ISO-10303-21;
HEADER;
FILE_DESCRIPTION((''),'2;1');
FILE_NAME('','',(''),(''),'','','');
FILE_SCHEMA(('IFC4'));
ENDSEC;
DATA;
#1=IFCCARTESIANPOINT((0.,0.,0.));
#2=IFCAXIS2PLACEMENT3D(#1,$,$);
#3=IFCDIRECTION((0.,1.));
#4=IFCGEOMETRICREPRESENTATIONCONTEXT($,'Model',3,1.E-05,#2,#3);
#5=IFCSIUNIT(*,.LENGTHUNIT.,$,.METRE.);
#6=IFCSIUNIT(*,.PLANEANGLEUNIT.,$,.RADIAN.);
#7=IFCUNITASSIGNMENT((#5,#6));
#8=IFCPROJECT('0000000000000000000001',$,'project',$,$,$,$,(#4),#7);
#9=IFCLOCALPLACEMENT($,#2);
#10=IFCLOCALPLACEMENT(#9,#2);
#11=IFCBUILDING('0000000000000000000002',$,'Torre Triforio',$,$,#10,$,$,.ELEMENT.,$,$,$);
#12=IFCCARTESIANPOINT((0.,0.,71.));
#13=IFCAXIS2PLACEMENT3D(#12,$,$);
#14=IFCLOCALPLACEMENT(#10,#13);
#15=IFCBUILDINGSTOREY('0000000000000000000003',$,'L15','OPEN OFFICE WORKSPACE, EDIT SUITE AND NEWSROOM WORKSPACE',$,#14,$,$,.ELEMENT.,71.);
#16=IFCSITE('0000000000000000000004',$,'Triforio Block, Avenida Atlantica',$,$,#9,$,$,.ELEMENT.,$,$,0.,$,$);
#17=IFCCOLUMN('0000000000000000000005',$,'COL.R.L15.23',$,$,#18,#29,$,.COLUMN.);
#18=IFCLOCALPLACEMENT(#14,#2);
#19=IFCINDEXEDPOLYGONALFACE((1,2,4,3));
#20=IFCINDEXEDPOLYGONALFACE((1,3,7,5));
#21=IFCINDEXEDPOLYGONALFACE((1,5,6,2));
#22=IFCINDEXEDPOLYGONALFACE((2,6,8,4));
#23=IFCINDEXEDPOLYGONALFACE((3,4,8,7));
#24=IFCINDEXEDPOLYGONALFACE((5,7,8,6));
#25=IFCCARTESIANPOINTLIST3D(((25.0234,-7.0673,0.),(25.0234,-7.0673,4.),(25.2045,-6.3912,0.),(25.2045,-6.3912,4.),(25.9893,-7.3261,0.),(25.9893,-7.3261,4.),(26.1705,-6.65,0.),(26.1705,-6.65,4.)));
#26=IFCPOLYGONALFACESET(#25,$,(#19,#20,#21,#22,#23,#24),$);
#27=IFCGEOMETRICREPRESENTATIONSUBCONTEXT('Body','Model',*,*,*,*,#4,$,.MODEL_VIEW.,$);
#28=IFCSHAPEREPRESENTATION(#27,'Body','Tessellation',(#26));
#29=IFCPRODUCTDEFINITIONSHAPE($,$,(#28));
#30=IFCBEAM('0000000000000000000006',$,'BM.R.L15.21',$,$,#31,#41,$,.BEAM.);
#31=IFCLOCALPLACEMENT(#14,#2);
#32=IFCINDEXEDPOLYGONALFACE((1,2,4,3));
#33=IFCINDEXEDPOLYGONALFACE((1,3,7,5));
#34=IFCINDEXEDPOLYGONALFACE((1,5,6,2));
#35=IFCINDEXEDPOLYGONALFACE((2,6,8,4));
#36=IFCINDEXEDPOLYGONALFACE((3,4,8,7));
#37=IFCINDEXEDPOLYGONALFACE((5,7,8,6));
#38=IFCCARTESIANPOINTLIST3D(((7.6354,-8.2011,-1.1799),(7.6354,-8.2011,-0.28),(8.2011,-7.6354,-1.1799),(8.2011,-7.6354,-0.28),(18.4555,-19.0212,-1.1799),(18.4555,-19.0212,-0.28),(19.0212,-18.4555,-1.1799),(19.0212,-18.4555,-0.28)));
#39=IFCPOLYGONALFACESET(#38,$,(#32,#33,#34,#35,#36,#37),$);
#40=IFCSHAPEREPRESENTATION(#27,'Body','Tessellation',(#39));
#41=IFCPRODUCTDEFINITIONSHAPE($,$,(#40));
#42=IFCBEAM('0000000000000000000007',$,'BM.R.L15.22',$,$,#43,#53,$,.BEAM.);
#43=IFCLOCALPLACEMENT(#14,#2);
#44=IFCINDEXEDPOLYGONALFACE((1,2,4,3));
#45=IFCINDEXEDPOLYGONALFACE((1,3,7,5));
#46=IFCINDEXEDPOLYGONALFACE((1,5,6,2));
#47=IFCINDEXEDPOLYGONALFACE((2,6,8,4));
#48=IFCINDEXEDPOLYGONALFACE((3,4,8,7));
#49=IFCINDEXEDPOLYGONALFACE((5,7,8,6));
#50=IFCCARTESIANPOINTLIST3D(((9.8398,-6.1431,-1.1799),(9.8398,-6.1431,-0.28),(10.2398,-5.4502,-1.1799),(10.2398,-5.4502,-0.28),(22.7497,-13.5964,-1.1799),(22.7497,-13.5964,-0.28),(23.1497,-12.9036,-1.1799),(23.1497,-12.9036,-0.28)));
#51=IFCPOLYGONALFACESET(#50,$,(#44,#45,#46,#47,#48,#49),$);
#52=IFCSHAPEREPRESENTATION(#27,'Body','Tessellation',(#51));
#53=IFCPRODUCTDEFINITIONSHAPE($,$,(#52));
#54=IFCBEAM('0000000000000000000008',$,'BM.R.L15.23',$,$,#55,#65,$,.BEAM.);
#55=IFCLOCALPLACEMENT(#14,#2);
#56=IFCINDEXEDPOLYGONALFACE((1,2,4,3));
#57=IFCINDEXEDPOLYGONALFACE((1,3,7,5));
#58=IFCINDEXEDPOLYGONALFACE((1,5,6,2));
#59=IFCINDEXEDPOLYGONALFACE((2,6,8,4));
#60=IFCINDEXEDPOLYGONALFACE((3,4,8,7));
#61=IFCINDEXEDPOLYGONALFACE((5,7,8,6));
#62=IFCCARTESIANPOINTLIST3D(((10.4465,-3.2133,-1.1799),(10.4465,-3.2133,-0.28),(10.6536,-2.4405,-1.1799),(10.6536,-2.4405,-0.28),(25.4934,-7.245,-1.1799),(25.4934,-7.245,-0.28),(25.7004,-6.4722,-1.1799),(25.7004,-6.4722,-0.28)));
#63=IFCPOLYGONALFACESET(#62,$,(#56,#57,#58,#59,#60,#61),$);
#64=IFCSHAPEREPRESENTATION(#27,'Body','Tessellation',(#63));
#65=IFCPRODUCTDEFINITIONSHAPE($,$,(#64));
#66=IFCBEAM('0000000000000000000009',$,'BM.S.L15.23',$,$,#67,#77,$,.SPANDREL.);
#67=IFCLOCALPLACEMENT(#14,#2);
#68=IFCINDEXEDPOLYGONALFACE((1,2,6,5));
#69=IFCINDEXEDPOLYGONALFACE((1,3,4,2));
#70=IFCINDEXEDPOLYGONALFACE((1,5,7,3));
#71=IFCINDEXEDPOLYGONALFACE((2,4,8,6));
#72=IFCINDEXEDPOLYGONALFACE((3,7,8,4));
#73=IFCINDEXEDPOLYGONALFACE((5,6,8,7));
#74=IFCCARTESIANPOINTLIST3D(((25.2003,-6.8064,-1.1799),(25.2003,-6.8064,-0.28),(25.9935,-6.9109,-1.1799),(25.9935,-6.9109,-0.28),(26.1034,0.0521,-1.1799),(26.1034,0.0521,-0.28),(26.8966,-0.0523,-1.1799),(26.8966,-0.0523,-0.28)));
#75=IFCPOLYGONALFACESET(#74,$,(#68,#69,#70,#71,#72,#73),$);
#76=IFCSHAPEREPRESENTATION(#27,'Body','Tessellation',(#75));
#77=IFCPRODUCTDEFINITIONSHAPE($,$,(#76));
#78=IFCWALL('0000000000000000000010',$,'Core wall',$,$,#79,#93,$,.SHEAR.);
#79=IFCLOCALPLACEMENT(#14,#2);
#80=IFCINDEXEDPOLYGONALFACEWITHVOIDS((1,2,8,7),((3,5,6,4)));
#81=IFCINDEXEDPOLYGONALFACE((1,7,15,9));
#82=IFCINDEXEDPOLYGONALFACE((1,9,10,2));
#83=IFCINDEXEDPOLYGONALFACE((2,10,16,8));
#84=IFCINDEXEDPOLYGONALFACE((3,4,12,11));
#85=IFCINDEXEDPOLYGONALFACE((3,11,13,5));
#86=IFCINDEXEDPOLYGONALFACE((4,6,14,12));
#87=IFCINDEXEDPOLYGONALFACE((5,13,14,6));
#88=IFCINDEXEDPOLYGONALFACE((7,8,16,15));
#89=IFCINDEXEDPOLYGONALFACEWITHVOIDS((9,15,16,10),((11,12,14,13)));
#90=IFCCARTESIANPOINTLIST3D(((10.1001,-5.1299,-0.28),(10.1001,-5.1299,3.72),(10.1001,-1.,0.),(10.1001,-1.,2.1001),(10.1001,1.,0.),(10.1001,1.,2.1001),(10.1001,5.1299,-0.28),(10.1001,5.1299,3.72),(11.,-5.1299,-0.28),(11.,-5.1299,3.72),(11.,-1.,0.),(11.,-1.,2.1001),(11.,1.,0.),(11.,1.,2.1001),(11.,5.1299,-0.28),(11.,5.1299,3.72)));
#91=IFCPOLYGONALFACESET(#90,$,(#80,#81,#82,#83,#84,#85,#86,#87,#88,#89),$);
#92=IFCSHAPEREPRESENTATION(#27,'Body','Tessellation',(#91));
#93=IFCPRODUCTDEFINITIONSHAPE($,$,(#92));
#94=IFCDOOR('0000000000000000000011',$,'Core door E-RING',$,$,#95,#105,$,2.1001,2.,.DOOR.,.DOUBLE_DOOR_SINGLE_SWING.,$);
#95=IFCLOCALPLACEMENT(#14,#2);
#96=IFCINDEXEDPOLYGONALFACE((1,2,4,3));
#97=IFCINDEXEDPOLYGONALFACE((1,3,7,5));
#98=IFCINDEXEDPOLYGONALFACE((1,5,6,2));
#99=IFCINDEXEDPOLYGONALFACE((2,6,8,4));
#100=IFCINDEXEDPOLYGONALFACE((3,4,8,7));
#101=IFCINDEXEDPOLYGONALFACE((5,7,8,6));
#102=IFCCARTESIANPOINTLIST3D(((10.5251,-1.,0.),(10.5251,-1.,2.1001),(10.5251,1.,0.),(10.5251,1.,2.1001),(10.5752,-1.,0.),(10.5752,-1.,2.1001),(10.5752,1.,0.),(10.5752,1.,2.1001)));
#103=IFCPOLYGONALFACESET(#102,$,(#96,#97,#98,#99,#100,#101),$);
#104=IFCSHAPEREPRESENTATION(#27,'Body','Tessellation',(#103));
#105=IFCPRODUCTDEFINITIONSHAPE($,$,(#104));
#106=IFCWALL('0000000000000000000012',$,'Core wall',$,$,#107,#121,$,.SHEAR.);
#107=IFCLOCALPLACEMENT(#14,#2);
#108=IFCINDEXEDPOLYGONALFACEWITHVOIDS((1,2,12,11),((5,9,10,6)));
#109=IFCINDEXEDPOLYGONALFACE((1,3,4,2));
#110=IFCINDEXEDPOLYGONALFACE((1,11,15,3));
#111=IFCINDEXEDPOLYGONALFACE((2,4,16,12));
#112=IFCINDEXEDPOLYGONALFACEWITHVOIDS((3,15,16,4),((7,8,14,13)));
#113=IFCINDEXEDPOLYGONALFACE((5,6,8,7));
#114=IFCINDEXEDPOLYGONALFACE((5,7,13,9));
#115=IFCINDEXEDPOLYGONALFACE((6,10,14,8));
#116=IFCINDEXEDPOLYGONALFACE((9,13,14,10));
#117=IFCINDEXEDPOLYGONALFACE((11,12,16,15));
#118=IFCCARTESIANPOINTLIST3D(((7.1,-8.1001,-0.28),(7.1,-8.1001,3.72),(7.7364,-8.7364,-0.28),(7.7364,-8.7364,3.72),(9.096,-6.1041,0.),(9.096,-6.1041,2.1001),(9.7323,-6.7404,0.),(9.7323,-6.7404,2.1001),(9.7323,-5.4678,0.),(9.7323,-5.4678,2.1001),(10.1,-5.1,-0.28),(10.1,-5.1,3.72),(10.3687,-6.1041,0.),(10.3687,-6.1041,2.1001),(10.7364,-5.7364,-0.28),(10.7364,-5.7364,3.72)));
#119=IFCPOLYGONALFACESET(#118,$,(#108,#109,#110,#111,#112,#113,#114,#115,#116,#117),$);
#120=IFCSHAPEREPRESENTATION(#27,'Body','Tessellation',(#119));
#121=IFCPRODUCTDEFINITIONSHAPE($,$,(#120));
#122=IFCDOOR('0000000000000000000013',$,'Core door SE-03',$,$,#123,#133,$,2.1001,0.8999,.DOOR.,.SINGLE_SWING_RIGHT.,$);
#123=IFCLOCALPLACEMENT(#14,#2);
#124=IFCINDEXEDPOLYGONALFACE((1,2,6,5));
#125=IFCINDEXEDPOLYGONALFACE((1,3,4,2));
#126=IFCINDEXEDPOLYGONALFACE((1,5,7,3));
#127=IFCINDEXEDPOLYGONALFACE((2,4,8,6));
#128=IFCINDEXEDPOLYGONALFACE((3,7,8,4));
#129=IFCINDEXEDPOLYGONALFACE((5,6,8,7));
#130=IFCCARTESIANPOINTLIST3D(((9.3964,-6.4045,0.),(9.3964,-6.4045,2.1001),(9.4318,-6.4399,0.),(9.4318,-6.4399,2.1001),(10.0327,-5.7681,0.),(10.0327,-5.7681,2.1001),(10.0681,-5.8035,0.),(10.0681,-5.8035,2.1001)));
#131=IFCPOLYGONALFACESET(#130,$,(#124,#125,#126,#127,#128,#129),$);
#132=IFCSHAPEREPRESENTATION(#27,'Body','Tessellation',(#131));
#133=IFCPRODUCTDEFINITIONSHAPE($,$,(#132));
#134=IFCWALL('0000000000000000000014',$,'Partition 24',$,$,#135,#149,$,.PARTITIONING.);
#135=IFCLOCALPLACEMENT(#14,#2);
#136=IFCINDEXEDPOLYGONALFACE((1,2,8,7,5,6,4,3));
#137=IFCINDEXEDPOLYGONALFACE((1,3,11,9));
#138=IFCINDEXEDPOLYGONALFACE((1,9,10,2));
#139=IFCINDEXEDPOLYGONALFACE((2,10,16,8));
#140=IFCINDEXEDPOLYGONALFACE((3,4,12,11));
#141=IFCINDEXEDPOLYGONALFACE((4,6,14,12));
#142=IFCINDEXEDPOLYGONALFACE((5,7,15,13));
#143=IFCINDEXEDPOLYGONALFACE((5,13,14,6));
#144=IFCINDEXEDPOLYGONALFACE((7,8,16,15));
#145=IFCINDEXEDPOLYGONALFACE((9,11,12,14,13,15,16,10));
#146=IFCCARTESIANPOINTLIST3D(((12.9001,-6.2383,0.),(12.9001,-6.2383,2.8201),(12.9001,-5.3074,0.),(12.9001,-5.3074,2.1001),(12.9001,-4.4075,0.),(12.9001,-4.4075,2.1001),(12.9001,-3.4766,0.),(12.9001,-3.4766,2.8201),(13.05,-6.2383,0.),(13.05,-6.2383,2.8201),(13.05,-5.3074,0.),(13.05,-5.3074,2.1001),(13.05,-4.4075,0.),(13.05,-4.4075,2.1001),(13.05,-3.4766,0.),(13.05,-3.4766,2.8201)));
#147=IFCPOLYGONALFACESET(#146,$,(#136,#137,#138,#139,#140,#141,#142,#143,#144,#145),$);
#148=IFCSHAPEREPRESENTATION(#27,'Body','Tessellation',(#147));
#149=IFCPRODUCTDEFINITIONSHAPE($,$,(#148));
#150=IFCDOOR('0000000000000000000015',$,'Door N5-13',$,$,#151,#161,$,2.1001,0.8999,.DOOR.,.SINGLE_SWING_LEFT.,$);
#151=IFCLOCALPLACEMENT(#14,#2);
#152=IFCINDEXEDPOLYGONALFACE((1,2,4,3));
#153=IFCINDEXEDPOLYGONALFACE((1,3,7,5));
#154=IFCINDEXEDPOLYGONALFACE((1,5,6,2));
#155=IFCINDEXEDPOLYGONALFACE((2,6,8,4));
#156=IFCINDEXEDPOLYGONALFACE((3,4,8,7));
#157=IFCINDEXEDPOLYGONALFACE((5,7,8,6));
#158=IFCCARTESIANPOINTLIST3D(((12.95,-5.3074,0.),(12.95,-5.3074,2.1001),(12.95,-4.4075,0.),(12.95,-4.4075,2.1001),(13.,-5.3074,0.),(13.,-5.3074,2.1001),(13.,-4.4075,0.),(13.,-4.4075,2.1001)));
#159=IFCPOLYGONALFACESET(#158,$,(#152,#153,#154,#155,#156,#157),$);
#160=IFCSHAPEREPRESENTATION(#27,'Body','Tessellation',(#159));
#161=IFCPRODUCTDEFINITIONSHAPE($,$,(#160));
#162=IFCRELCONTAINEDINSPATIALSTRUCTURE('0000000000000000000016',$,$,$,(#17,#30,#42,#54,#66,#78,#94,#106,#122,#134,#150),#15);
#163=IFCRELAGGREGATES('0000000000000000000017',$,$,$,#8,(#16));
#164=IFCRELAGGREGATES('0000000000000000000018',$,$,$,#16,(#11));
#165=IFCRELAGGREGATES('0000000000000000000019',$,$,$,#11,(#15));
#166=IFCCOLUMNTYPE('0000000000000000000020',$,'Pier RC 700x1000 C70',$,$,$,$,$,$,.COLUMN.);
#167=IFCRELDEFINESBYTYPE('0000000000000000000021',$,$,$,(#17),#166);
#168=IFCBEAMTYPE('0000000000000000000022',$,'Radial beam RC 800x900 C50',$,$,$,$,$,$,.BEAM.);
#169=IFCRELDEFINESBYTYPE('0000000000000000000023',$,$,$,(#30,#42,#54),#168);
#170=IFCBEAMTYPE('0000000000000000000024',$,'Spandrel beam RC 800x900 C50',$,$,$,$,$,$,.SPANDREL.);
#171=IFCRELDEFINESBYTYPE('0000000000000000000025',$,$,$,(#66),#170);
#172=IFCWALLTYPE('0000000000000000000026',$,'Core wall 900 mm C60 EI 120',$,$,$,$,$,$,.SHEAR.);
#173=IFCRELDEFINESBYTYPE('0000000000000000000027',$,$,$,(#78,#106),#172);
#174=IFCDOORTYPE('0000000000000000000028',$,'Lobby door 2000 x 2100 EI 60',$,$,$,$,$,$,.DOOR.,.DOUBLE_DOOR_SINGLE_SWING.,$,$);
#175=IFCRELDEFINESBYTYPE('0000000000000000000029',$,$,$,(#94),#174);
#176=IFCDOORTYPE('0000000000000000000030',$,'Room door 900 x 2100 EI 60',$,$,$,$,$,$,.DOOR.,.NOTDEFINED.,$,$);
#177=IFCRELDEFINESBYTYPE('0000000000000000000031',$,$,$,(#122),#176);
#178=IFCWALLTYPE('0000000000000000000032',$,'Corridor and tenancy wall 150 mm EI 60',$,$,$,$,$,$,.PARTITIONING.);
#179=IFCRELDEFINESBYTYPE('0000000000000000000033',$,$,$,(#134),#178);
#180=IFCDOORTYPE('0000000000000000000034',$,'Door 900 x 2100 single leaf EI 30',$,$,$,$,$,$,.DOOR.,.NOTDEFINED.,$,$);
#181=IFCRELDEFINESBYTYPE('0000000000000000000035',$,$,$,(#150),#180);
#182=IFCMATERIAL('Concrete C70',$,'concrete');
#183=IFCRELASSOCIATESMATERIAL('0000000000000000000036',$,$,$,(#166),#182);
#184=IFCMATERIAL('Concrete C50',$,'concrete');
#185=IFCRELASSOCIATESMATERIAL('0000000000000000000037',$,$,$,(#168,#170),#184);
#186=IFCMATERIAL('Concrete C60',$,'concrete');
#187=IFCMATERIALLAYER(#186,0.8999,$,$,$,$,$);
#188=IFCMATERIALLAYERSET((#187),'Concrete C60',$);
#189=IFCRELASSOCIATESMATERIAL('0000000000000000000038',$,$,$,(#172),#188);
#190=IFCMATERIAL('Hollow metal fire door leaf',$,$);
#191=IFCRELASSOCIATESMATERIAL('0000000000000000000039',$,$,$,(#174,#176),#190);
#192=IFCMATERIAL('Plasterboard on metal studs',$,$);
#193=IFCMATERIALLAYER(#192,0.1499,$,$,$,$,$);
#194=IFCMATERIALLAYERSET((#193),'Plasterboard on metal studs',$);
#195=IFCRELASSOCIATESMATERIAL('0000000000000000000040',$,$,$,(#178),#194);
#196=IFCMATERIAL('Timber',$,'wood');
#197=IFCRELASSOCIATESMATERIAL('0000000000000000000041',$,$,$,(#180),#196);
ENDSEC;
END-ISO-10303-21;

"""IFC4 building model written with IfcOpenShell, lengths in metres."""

from ifc_helpers import new_model, si_unit, direction, frame, frame_2d, origin, origin_2d, place, context, subcontext, project, spatial, rectangle, extrude, material, layer, layer_set, material_profile, profile_set, type_object, element, fill, save


model = new_model("IFC4")

# Units and contexts
model_context = context("Model", 3, precision=1e-05, world=origin(), true_north=direction((0.0, 1.0)))
body_context = subcontext(model_context, "Body", "Model", "MODEL_VIEW")
ifc_project = project(units=[si_unit("LENGTHUNIT", "METRE"), si_unit("PLANEANGLEUNIT", "RADIAN")], contexts=[model_context])

# Site, building, storey
site_placement = place(None, origin())
site = spatial("IfcSite", under=ifc_project, at=site_placement, Name="Triforio Block, Avenida Atlantica", CompositionType="ELEMENT", RefElevation=0.0)
building_placement = place(site_placement, origin())
building = spatial("IfcBuilding", under=site, at=building_placement, Name="Torre Triforio", CompositionType="ELEMENT")
storey_placement = place(building_placement, frame((0.0, 0.0, 71.0)))
storey = spatial("IfcBuildingStorey", under=building, at=storey_placement, Name="L15", Description="OPEN OFFICE WORKSPACE, EDIT SUITE AND NEWSROOM WORKSPACE", CompositionType="ELEMENT", Elevation=71.0)

# Column
ifc_material_1 = material(Name="Concrete C70", Category="concrete")
ifc_material_profile_1 = material_profile(ifc_material_1, rectangle(XDim=0.7, YDim=1.0, at=origin_2d()), Name="RC 700x1000")
ifc_profile_set_1 = profile_set([ifc_material_profile_1], Name="Concrete C70")
column_type = type_object("IfcColumnType", Name="Pier RC 700x1000 C70", PredefinedType="COLUMN", material=ifc_profile_set_1)
column_placement = place(storey_placement, frame((25.5969, -6.8586, 0.0), z_axis=(0.0, 0.0, 1.0), x_axis=(0.258819, 0.965926, 0.0)))
element("IfcColumn", 1, at=column_placement, inside=storey, type_object=column_type, Name="COL.R.L15.23", PredefinedType="COLUMN", context=body_context, shape_type="SweptSolid", body=[
    extrude(rectangle(XDim=0.7, YDim=1.0, at=origin_2d()), origin(), (0.0, 0.0, 1.0), 4.0),
])

# Beams
ifc_material_2 = material(Name="Concrete C50", Category="concrete")
ifc_material_profile_2 = material_profile(ifc_material_2, rectangle(XDim=0.8, YDim=0.8999, at=origin_2d()), Name="RC 800x900")
ifc_profile_set_2 = profile_set([ifc_material_profile_2], Name="Concrete C50")
beam_type_1 = type_object("IfcBeamType", Name="Radial beam RC 800x900 C50", PredefinedType="BEAM", material=ifc_profile_set_2)
beam_1_placement = place(storey_placement, frame((7.9182, -7.9182, -0.73), z_axis=(0.707107, -0.707107, 0.0), x_axis=(0.707107, 0.707107, 0.0)))
element("IfcBeam", 2, at=beam_1_placement, inside=storey, type_object=beam_type_1, Name="BM.R.L15.21", PredefinedType="BEAM", context=body_context, shape_type="SweptSolid", body=[
    extrude(rectangle(XDim=0.8, YDim=0.8999, at=origin_2d()), origin(), (0.0, 0.0, 1.0), 15.302),
])
beam_2_placement = place(storey_placement, frame((10.0398, -5.7966, -0.73), z_axis=(0.86603, -0.499991, 0.0), x_axis=(0.499991, 0.86603, 0.0)))
element("IfcBeam", 3, at=beam_2_placement, inside=storey, type_object=beam_type_1, Name="BM.R.L15.22", PredefinedType="BEAM", context=body_context, shape_type="SweptSolid", body=[
    extrude(rectangle(XDim=0.8, YDim=0.8999, at=origin_2d()), origin(), (0.0, 0.0, 1.0), 14.907),
])
beam_3_placement = place(storey_placement, frame((10.55, -2.8269, -0.73), z_axis=(0.965927, -0.258815, 0.0), x_axis=(0.258815, 0.965927, 0.0)))
element("IfcBeam", 4, at=beam_3_placement, inside=storey, type_object=beam_type_1, Name="BM.R.L15.23", PredefinedType="BEAM", context=body_context, shape_type="SweptSolid", body=[
    extrude(rectangle(XDim=0.8, YDim=0.8999, at=origin_2d()), origin(), (0.0, 0.0, 1.0), 15.5776),
])
ifc_material_profile_3 = material_profile(ifc_material_2, rectangle(XDim=0.8, YDim=0.8999, at=origin_2d()), Name="RC 800x900")
ifc_profile_set_3 = profile_set([ifc_material_profile_3], Name="Concrete C50")
beam_type_2 = type_object("IfcBeamType", Name="Spandrel beam RC 800x900 C50", PredefinedType="SPANDREL", material=ifc_profile_set_3)
beam_4_placement = place(storey_placement, frame((25.5969, -6.8586, -0.73), z_axis=(0.130543, 0.991443, 0.0), x_axis=(-0.991443, 0.130543, 0.0)))
element("IfcBeam", 5, at=beam_4_placement, inside=storey, type_object=beam_type_2, Name="BM.S.L15.23", PredefinedType="SPANDREL", context=body_context, shape_type="SweptSolid", body=[
    extrude(rectangle(XDim=0.8, YDim=0.8999, at=origin_2d()), origin(), (0.0, 0.0, 1.0), 6.9177),
])

# Walls, openings, doors
ifc_material_3 = material(Name="Concrete C60", Category="concrete")
ifc_layer_1 = layer(ifc_material_3, 0.8999)
ifc_layer_set_1 = layer_set([ifc_layer_1], Name="Concrete C60")
wall_type_1 = type_object("IfcWallType", Name="Core wall 900 mm C60 EI 120", PredefinedType="SHEAR", material=ifc_layer_set_1)
wall_1_placement = place(storey_placement, frame((10.55, -5.1299, -0.28), z_axis=(0.0, 0.0, 1.0), x_axis=(0.0, 1.0, 0.0)))
wall_1 = element("IfcWall", 6, at=wall_1_placement, inside=storey, type_object=wall_type_1, Name="Core wall", PredefinedType="SHEAR", context=body_context, shape_type="SweptSolid", body=[
    extrude(rectangle(XDim=10.2598, YDim=0.8999, at=frame_2d((5.1299, 0.0))), origin(), (0.0, 0.0, 1.0), 4.0),
])
opening_1_placement = place(wall_1_placement, frame((4.1299, 0.0, 0.28)))
opening_1 = element("IfcOpeningElement", 7, at=opening_1_placement, cuts=wall_1, PredefinedType="OPENING", context=body_context, shape_type="SweptSolid", body=[
    extrude(rectangle(XDim=2.0, YDim=2.1001, at=frame_2d((1.0, 1.05))), frame((0.0, 0.46, 0.0), z_axis=(0.0, -1.0, 0.0), x_axis=(1.0, 0.0, 0.0)), (0.0, 0.0, 1.0), 0.9199),
])
ifc_material_4 = material(Name="Hollow metal fire door leaf")
door_type_1 = type_object("IfcDoorType", Name="Lobby door 2000 x 2100 EI 60", OperationType="DOUBLE_DOOR_SINGLE_SWING", PredefinedType="DOOR", material=ifc_material_4)
door_1_placement = place(opening_1_placement, origin())
door_1 = element("IfcDoor", 8, at=door_1_placement, inside=storey, type_object=door_type_1, Name="Core door E-RING", OperationType="DOUBLE_DOOR_SINGLE_SWING", OverallHeight=2.1001, OverallWidth=2.0, PredefinedType="DOOR", context=body_context, shape_type="SweptSolid", body=[
    extrude(rectangle(XDim=2.0, YDim=2.1001, at=frame_2d((1.0, 1.05))), frame((0.0, 0.0249, 0.0), z_axis=(0.0, -1.0, 0.0), x_axis=(1.0, 0.0, 0.0)), (0.0, 0.0, 1.0), 0.05),
])
fill(opening_1, door_1)
wall_2_placement = place(storey_placement, frame((10.4182, -5.4182, -0.28), z_axis=(0.0, 0.0, 1.0), x_axis=(-0.707107, -0.707107, 0.0)))
wall_2 = element("IfcWall", 9, at=wall_2_placement, inside=storey, type_object=wall_type_1, Name="Core wall", PredefinedType="SHEAR", context=body_context, shape_type="SweptSolid", body=[
    extrude(rectangle(XDim=4.2427, YDim=0.8999, at=frame_2d((2.1213, 0.0))), origin(), (0.0, 0.0, 1.0), 4.0),
])
opening_2_placement = place(wall_2_placement, frame((0.52, 0.0, 0.28)))
opening_2 = element("IfcOpeningElement", 10, at=opening_2_placement, cuts=wall_2, PredefinedType="OPENING", context=body_context, shape_type="SweptSolid", body=[
    extrude(rectangle(XDim=0.8999, YDim=2.1001, at=frame_2d((0.45, 1.05))), frame((0.0, 0.46, 0.0), z_axis=(0.0, -1.0, 0.0), x_axis=(1.0, 0.0, 0.0)), (0.0, 0.0, 1.0), 0.9199),
])
door_type_2 = type_object("IfcDoorType", Name="Room door 900 x 2100 EI 60", OperationType="NOTDEFINED", PredefinedType="DOOR", material=ifc_material_4)
door_2_placement = place(opening_2_placement, origin())
door_2 = element("IfcDoor", 11, at=door_2_placement, inside=storey, type_object=door_type_2, Name="Core door SE-03", OperationType="SINGLE_SWING_RIGHT", OverallHeight=2.1001, OverallWidth=0.8999, PredefinedType="DOOR", context=body_context, shape_type="SweptSolid", body=[
    extrude(rectangle(XDim=0.8999, YDim=2.1001, at=frame_2d((0.45, 1.05))), frame((0.0, 0.0249, 0.0), z_axis=(0.0, -1.0, 0.0), x_axis=(1.0, 0.0, 0.0)), (0.0, 0.0, 1.0), 0.05),
])
fill(opening_2, door_2)
ifc_material_5 = material(Name="Plasterboard on metal studs")
ifc_layer_2 = layer(ifc_material_5, 0.1499)
ifc_layer_set_2 = layer_set([ifc_layer_2], Name="Plasterboard on metal studs")
wall_type_2 = type_object("IfcWallType", Name="Corridor and tenancy wall 150 mm EI 60", PredefinedType="PARTITIONING", material=ifc_layer_set_2)
wall_3_placement = place(storey_placement, frame((12.9751, -3.4766, 0.0), z_axis=(0.0, 0.0, 1.0), x_axis=(0.0, -1.0, 0.0)))
wall_3 = element("IfcWall", 12, at=wall_3_placement, inside=storey, type_object=wall_type_2, Name="Partition 24", PredefinedType="PARTITIONING", context=body_context, shape_type="SweptSolid", body=[
    extrude(rectangle(XDim=2.7617, YDim=0.1499, at=frame_2d((1.3809, 0.0))), origin(), (0.0, 0.0, 1.0), 2.8201),
])
opening_3_placement = place(wall_3_placement, frame((0.9309, 0.0, 0.0)))
opening_3 = element("IfcOpeningElement", 13, at=opening_3_placement, cuts=wall_3, PredefinedType="OPENING", context=body_context, shape_type="SweptSolid", body=[
    extrude(rectangle(XDim=0.8999, YDim=2.1001, at=frame_2d((0.45, 1.05))), frame((0.0, 0.085, 0.0), z_axis=(0.0, -1.0, 0.0), x_axis=(1.0, 0.0, 0.0)), (0.0, 0.0, 1.0), 0.1699),
])
ifc_material_6 = material(Name="Timber", Category="wood")
door_type_3 = type_object("IfcDoorType", Name="Door 900 x 2100 single leaf EI 30", OperationType="NOTDEFINED", PredefinedType="DOOR", material=ifc_material_6)
door_3_placement = place(opening_3_placement, origin())
door_3 = element("IfcDoor", 14, at=door_3_placement, inside=storey, type_object=door_type_3, Name="Door N5-13", OperationType="SINGLE_SWING_LEFT", OverallHeight=2.1001, OverallWidth=0.8999, PredefinedType="DOOR", context=body_context, shape_type="SweptSolid", body=[
    extrude(rectangle(XDim=0.8999, YDim=2.1001, at=frame_2d((0.45, 1.05))), frame((0.0, 0.0249, 0.0), z_axis=(0.0, -1.0, 0.0), x_axis=(1.0, 0.0, 0.0)), (0.0, 0.0, 1.0), 0.05),
])
fill(opening_3, door_3)

save(model, "model.ifc")
